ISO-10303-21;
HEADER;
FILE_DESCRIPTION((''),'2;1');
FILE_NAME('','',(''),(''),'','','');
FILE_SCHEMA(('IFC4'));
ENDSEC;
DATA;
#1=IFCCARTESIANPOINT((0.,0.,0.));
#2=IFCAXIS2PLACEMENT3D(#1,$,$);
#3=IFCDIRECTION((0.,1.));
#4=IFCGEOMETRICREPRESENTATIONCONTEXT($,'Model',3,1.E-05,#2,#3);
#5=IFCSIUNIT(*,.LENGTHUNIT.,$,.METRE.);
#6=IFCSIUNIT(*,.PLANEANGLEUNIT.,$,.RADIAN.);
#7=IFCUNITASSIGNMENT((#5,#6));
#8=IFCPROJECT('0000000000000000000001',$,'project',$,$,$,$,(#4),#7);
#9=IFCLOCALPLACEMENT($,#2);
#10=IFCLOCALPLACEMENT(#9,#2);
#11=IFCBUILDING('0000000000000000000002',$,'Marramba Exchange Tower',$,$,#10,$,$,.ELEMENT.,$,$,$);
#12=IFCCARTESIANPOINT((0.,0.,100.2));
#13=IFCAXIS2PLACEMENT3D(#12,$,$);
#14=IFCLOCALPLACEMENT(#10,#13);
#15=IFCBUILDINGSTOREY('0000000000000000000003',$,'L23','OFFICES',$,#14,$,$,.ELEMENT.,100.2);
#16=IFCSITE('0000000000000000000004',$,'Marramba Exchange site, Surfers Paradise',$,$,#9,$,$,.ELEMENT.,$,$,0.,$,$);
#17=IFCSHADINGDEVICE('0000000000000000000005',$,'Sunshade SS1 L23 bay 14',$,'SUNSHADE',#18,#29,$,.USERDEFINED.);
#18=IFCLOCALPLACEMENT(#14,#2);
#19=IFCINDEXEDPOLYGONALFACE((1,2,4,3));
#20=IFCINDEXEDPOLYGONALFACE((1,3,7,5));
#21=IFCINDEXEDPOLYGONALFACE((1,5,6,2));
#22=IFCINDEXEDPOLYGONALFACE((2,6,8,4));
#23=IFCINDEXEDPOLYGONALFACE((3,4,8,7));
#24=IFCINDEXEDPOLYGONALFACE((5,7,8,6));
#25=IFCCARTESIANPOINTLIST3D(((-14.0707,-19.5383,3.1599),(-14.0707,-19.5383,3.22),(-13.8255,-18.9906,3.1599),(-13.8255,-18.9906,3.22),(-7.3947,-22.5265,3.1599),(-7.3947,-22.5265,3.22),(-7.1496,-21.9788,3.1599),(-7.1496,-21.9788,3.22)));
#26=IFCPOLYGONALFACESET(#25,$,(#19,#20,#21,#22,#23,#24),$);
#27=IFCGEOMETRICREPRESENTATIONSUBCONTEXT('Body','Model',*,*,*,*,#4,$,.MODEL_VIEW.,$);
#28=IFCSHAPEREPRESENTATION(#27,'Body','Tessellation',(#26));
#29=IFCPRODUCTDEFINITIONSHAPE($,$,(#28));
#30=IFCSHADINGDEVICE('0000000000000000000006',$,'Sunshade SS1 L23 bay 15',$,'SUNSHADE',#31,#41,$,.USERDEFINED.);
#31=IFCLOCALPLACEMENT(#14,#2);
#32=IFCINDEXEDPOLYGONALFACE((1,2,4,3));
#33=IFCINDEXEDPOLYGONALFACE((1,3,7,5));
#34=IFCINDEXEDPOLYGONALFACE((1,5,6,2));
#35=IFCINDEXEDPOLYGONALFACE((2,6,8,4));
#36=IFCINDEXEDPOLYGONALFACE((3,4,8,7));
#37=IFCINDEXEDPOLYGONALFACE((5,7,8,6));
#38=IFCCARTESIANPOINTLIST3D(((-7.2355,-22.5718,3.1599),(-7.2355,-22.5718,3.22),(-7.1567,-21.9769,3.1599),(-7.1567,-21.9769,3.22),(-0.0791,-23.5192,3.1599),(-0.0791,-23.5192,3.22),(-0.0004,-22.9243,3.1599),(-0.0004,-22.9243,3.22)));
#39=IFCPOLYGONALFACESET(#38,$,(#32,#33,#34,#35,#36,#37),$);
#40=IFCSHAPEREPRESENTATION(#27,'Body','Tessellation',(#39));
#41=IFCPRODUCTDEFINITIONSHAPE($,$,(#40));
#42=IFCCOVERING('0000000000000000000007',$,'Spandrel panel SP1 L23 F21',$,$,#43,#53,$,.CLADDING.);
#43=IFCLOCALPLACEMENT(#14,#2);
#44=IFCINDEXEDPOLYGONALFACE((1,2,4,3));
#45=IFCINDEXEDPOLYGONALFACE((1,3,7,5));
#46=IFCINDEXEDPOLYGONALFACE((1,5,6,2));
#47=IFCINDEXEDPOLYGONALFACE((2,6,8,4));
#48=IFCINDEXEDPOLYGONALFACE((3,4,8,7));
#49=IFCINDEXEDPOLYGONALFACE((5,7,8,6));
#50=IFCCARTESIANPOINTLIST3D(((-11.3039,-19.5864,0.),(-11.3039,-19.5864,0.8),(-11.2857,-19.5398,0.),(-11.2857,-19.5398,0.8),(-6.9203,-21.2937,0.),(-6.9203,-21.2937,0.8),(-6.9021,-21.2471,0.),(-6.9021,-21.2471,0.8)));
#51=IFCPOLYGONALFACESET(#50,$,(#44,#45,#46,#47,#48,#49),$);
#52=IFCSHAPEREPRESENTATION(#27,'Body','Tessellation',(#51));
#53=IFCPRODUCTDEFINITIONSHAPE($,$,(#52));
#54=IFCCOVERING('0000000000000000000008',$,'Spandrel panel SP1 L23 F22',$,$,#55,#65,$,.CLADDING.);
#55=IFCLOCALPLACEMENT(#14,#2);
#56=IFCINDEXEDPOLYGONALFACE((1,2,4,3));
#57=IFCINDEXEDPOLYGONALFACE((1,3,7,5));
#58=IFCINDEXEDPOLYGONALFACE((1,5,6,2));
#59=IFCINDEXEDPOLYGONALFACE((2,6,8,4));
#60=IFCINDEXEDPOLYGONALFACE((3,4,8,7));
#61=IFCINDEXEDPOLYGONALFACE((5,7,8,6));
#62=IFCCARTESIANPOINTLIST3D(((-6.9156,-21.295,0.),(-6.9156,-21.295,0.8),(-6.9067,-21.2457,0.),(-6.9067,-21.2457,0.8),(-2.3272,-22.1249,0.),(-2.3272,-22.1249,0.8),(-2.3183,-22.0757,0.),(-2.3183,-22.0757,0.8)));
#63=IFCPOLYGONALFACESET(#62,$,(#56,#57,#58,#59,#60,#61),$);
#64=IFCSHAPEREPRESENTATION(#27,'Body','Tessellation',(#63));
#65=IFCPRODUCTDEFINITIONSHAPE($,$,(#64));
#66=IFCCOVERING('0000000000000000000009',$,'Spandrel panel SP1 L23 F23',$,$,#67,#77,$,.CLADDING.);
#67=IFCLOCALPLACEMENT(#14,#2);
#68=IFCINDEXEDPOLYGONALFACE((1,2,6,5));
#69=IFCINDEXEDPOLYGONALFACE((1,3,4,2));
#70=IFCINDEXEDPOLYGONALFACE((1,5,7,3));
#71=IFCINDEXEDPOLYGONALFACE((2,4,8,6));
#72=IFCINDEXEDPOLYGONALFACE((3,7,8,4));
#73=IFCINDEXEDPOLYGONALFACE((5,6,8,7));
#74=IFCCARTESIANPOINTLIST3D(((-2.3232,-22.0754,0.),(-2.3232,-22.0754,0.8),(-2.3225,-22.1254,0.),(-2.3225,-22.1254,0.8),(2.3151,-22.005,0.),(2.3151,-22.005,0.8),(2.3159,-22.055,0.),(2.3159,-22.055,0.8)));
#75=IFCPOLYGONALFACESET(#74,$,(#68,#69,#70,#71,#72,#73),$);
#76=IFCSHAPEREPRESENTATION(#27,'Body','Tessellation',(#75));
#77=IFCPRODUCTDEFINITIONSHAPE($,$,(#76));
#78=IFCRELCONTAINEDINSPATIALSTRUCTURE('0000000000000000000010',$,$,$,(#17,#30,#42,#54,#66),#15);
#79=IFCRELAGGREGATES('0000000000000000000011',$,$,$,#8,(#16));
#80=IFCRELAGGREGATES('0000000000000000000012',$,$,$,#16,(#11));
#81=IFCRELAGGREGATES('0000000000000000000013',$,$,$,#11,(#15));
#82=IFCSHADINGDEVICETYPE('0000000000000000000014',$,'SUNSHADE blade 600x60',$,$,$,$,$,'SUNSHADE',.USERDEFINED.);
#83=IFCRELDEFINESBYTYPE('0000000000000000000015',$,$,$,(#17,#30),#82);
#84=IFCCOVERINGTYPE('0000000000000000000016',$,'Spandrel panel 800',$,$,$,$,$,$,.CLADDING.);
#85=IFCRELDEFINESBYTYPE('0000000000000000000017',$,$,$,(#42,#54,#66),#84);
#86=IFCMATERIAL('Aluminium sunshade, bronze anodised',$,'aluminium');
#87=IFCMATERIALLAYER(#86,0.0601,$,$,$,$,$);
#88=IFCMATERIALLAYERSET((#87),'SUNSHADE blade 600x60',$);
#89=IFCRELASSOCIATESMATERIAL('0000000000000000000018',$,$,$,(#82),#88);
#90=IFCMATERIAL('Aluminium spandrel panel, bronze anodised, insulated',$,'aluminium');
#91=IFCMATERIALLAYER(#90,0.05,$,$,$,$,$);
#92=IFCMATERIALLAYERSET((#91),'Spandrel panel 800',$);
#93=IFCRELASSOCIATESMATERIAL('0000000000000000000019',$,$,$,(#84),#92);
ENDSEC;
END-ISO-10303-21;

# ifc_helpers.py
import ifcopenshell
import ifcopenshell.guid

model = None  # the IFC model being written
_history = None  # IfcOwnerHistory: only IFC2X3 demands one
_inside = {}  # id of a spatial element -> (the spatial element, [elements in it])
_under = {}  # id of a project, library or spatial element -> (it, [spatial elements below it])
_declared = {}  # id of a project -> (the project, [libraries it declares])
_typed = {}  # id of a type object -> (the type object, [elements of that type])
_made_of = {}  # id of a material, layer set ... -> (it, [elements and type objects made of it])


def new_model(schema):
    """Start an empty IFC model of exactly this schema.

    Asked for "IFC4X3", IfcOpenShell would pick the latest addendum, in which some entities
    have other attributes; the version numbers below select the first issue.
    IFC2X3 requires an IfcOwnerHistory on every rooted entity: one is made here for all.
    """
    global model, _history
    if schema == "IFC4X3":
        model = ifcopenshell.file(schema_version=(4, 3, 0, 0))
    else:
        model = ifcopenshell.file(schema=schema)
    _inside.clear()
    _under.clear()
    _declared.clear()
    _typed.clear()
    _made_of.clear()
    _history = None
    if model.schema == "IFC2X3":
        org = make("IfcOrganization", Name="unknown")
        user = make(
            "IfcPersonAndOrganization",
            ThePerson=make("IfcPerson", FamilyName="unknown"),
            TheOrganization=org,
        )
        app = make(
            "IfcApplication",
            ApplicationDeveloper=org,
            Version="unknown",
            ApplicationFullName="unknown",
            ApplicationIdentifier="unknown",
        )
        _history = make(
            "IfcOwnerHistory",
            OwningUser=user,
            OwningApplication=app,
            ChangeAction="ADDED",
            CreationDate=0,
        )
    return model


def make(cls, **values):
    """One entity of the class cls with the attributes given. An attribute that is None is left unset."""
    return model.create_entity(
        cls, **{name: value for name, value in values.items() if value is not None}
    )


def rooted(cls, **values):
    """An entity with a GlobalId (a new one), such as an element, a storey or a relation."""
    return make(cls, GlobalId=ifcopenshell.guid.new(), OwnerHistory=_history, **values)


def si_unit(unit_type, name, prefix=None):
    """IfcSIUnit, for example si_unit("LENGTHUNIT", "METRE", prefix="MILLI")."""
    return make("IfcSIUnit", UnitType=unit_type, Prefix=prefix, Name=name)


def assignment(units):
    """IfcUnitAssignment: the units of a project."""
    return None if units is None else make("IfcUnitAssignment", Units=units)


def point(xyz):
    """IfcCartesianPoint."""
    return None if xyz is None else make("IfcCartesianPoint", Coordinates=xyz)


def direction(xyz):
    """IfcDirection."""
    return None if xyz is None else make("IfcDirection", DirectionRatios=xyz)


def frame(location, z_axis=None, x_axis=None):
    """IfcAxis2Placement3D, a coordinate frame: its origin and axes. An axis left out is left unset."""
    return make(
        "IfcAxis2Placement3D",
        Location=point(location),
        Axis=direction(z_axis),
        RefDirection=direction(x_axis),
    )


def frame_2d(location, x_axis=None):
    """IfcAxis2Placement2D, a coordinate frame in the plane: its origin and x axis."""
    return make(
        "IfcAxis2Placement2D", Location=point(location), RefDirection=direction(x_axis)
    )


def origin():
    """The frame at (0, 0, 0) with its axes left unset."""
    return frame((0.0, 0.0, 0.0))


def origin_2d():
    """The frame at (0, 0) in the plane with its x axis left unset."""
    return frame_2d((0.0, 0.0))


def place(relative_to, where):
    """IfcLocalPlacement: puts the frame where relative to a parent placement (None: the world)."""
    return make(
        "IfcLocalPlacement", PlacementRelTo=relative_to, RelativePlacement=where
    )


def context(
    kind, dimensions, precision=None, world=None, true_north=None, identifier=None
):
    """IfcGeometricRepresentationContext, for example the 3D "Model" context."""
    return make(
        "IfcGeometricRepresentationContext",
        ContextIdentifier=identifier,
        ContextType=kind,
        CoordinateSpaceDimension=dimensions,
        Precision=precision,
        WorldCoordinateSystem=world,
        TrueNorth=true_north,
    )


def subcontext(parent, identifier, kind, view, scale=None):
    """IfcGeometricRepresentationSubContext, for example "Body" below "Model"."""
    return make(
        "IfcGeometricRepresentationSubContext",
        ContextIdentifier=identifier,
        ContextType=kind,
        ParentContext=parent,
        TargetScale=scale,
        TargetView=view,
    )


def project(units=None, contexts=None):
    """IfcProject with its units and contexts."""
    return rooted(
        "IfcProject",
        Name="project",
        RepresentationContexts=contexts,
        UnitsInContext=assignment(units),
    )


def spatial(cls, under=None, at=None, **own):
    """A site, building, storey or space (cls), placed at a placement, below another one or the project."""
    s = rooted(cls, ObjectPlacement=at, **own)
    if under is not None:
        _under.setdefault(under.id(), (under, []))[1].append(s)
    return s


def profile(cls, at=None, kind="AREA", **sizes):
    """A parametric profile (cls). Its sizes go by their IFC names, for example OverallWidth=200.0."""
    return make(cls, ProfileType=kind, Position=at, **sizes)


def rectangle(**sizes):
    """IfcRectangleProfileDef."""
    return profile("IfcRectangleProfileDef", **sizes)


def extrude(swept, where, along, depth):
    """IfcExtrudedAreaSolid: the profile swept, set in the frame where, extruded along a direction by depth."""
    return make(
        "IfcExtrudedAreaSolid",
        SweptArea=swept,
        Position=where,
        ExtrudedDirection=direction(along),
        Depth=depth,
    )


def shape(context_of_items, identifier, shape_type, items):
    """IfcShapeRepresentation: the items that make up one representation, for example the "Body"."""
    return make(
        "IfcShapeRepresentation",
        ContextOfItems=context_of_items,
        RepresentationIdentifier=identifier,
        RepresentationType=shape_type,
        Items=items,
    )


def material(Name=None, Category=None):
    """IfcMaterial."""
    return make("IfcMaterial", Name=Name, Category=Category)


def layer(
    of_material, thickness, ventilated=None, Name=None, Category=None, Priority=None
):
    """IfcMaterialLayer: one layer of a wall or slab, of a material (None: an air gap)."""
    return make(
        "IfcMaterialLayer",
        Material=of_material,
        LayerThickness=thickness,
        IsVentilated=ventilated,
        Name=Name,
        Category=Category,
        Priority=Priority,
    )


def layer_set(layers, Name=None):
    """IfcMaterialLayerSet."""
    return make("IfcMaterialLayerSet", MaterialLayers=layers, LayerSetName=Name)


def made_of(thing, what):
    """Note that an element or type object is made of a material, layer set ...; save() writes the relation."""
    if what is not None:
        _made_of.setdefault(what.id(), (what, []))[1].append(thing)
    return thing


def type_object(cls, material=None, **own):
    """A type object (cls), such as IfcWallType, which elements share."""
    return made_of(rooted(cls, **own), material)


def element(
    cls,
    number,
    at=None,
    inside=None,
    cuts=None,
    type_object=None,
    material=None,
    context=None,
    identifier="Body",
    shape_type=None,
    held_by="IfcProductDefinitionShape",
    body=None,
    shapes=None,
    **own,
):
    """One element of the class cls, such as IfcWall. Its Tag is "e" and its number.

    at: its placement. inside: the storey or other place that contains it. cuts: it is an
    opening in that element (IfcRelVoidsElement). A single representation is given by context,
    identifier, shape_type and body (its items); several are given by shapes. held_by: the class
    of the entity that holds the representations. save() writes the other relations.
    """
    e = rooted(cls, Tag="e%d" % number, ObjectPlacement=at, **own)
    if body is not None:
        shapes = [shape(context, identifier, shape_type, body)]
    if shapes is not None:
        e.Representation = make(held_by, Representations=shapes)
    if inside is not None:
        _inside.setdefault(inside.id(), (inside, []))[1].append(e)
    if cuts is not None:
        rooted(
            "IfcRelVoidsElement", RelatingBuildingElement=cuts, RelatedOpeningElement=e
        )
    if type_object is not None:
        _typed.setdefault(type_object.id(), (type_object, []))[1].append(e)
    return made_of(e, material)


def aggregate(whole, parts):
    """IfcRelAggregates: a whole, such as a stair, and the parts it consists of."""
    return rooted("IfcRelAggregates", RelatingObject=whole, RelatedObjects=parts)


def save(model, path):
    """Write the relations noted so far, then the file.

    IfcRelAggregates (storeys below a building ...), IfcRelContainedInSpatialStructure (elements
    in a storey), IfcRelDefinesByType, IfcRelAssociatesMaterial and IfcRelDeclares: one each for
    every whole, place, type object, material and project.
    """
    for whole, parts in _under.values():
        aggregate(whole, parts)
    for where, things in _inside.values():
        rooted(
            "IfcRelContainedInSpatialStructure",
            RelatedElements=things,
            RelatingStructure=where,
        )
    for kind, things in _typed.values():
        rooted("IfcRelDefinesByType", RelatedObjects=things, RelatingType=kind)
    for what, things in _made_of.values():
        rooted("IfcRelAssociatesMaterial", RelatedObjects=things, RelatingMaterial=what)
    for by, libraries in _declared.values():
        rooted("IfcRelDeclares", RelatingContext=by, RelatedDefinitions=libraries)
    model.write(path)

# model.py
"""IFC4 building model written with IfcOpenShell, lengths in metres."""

from ifc_helpers import new_model, si_unit, direction, frame, origin, origin_2d, place, context, subcontext, project, spatial, rectangle, extrude, material, layer, layer_set, type_object, element, save


model = new_model("IFC4")

# Units and contexts
model_context = context("Model", 3, precision=1e-05, world=origin(), true_north=direction((0.0, 1.0)))
body_context = subcontext(model_context, "Body", "Model", "MODEL_VIEW")
ifc_project = project(units=[si_unit("LENGTHUNIT", "METRE"), si_unit("PLANEANGLEUNIT", "RADIAN")], contexts=[model_context])

# Site, building, storey
site_placement = place(None, origin())
site = spatial("IfcSite", under=ifc_project, at=site_placement, Name="Marramba Exchange site, Surfers Paradise", CompositionType="ELEMENT", RefElevation=0.0)
building_placement = place(site_placement, origin())
building = spatial("IfcBuilding", under=site, at=building_placement, Name="Marramba Exchange Tower", CompositionType="ELEMENT")
storey_placement = place(building_placement, frame((0.0, 0.0, 100.2)))
storey = spatial("IfcBuildingStorey", under=building, at=storey_placement, Name="L23", Description="OFFICES", CompositionType="ELEMENT", Elevation=100.2)

# Shading devices
ifc_material_1 = material(Name="Aluminium sunshade, bronze anodised", Category="aluminium")
ifc_layer_1 = layer(ifc_material_1, 0.0601)
ifc_layer_set_1 = layer_set([ifc_layer_1], Name="SUNSHADE blade 600x60")
shading_device_type_1 = type_object("IfcShadingDeviceType", Name="SUNSHADE blade 600x60", ElementType="SUNSHADE", PredefinedType="USERDEFINED", material=ifc_layer_set_1)
shading_device_1_placement = place(storey_placement, frame((-10.6101, -20.7585, 3.1599), z_axis=(0.0, 0.0, 1.0), x_axis=(0.912736, -0.40855, 0.0)))
element("IfcShadingDevice", 1, at=shading_device_1_placement, inside=storey, type_object=shading_device_type_1, Name="Sunshade SS1 L23 bay 14", ObjectType="SUNSHADE", PredefinedType="USERDEFINED", context=body_context, shape_type="SweptSolid", body=[
    extrude(rectangle(XDim=7.3142, YDim=0.6001, at=origin_2d()), origin(), (0.0, 0.0, 1.0), 0.0601),
])
shading_device_2_placement = place(storey_placement, frame((-3.6179, -22.748, 3.1599), z_axis=(0.0, 0.0, 1.0), x_axis=(0.99135, -0.131241, 0.0)))
element("IfcShadingDevice", 2, at=shading_device_2_placement, inside=storey, type_object=shading_device_type_1, Name="Sunshade SS1 L23 bay 15", ObjectType="SUNSHADE", PredefinedType="USERDEFINED", context=body_context, shape_type="SweptSolid", body=[
    extrude(rectangle(XDim=7.2188, YDim=0.6001, at=origin_2d()), origin(), (0.0, 0.0, 1.0), 0.0601),
])

# Coverings
ifc_material_2 = material(Name="Aluminium spandrel panel, bronze anodised, insulated", Category="aluminium")
ifc_layer_2 = layer(ifc_material_2, 0.05)
ifc_layer_set_2 = layer_set([ifc_layer_2], Name="Spandrel panel 800")
covering_type = type_object("IfcCoveringType", Name="Spandrel panel 800", PredefinedType="CLADDING", material=ifc_layer_set_2)
covering_1_placement = place(storey_placement, frame((-9.103, -20.4167, 0.0), z_axis=(0.0, 0.0, 1.0), x_axis=(0.931818, -0.362925, 0.0)))
element("IfcCovering", 3, at=covering_1_placement, inside=storey, type_object=covering_type, Name="Spandrel panel SP1 L23 F21", PredefinedType="CLADDING", context=body_context, shape_type="SweptSolid", body=[
    extrude(rectangle(XDim=4.7043, YDim=0.05, at=origin_2d()), origin(), (0.0, 0.0, 1.0), 0.8),
])
covering_2_placement = place(storey_placement, frame((-4.6169, -21.6853, 0.0), z_axis=(0.0, 0.0, 1.0), x_axis=(0.984032, -0.177992, 0.0)))
element("IfcCovering", 4, at=covering_2_placement, inside=storey, type_object=covering_type, Name="Spandrel panel SP1 L23 F22", PredefinedType="CLADDING", context=body_context, shape_type="SweptSolid", body=[
    extrude(rectangle(XDim=4.6628, YDim=0.05, at=origin_2d()), origin(), (0.0, 0.0, 1.0), 0.8),
])
covering_3_placement = place(storey_placement, frame((-0.0037, -22.0652, 0.0), z_axis=(0.0, 0.0, 1.0), x_axis=(0.999885, 0.015179, 0.0)))
element("IfcCovering", 5, at=covering_3_placement, inside=storey, type_object=covering_type, Name="Spandrel panel SP1 L23 F23", PredefinedType="CLADDING", context=body_context, shape_type="SweptSolid", body=[
    extrude(rectangle(XDim=4.6389, YDim=0.05, at=origin_2d()), origin(), (0.0, 0.0, 1.0), 0.8),
])

save(model, "model.ifc")
